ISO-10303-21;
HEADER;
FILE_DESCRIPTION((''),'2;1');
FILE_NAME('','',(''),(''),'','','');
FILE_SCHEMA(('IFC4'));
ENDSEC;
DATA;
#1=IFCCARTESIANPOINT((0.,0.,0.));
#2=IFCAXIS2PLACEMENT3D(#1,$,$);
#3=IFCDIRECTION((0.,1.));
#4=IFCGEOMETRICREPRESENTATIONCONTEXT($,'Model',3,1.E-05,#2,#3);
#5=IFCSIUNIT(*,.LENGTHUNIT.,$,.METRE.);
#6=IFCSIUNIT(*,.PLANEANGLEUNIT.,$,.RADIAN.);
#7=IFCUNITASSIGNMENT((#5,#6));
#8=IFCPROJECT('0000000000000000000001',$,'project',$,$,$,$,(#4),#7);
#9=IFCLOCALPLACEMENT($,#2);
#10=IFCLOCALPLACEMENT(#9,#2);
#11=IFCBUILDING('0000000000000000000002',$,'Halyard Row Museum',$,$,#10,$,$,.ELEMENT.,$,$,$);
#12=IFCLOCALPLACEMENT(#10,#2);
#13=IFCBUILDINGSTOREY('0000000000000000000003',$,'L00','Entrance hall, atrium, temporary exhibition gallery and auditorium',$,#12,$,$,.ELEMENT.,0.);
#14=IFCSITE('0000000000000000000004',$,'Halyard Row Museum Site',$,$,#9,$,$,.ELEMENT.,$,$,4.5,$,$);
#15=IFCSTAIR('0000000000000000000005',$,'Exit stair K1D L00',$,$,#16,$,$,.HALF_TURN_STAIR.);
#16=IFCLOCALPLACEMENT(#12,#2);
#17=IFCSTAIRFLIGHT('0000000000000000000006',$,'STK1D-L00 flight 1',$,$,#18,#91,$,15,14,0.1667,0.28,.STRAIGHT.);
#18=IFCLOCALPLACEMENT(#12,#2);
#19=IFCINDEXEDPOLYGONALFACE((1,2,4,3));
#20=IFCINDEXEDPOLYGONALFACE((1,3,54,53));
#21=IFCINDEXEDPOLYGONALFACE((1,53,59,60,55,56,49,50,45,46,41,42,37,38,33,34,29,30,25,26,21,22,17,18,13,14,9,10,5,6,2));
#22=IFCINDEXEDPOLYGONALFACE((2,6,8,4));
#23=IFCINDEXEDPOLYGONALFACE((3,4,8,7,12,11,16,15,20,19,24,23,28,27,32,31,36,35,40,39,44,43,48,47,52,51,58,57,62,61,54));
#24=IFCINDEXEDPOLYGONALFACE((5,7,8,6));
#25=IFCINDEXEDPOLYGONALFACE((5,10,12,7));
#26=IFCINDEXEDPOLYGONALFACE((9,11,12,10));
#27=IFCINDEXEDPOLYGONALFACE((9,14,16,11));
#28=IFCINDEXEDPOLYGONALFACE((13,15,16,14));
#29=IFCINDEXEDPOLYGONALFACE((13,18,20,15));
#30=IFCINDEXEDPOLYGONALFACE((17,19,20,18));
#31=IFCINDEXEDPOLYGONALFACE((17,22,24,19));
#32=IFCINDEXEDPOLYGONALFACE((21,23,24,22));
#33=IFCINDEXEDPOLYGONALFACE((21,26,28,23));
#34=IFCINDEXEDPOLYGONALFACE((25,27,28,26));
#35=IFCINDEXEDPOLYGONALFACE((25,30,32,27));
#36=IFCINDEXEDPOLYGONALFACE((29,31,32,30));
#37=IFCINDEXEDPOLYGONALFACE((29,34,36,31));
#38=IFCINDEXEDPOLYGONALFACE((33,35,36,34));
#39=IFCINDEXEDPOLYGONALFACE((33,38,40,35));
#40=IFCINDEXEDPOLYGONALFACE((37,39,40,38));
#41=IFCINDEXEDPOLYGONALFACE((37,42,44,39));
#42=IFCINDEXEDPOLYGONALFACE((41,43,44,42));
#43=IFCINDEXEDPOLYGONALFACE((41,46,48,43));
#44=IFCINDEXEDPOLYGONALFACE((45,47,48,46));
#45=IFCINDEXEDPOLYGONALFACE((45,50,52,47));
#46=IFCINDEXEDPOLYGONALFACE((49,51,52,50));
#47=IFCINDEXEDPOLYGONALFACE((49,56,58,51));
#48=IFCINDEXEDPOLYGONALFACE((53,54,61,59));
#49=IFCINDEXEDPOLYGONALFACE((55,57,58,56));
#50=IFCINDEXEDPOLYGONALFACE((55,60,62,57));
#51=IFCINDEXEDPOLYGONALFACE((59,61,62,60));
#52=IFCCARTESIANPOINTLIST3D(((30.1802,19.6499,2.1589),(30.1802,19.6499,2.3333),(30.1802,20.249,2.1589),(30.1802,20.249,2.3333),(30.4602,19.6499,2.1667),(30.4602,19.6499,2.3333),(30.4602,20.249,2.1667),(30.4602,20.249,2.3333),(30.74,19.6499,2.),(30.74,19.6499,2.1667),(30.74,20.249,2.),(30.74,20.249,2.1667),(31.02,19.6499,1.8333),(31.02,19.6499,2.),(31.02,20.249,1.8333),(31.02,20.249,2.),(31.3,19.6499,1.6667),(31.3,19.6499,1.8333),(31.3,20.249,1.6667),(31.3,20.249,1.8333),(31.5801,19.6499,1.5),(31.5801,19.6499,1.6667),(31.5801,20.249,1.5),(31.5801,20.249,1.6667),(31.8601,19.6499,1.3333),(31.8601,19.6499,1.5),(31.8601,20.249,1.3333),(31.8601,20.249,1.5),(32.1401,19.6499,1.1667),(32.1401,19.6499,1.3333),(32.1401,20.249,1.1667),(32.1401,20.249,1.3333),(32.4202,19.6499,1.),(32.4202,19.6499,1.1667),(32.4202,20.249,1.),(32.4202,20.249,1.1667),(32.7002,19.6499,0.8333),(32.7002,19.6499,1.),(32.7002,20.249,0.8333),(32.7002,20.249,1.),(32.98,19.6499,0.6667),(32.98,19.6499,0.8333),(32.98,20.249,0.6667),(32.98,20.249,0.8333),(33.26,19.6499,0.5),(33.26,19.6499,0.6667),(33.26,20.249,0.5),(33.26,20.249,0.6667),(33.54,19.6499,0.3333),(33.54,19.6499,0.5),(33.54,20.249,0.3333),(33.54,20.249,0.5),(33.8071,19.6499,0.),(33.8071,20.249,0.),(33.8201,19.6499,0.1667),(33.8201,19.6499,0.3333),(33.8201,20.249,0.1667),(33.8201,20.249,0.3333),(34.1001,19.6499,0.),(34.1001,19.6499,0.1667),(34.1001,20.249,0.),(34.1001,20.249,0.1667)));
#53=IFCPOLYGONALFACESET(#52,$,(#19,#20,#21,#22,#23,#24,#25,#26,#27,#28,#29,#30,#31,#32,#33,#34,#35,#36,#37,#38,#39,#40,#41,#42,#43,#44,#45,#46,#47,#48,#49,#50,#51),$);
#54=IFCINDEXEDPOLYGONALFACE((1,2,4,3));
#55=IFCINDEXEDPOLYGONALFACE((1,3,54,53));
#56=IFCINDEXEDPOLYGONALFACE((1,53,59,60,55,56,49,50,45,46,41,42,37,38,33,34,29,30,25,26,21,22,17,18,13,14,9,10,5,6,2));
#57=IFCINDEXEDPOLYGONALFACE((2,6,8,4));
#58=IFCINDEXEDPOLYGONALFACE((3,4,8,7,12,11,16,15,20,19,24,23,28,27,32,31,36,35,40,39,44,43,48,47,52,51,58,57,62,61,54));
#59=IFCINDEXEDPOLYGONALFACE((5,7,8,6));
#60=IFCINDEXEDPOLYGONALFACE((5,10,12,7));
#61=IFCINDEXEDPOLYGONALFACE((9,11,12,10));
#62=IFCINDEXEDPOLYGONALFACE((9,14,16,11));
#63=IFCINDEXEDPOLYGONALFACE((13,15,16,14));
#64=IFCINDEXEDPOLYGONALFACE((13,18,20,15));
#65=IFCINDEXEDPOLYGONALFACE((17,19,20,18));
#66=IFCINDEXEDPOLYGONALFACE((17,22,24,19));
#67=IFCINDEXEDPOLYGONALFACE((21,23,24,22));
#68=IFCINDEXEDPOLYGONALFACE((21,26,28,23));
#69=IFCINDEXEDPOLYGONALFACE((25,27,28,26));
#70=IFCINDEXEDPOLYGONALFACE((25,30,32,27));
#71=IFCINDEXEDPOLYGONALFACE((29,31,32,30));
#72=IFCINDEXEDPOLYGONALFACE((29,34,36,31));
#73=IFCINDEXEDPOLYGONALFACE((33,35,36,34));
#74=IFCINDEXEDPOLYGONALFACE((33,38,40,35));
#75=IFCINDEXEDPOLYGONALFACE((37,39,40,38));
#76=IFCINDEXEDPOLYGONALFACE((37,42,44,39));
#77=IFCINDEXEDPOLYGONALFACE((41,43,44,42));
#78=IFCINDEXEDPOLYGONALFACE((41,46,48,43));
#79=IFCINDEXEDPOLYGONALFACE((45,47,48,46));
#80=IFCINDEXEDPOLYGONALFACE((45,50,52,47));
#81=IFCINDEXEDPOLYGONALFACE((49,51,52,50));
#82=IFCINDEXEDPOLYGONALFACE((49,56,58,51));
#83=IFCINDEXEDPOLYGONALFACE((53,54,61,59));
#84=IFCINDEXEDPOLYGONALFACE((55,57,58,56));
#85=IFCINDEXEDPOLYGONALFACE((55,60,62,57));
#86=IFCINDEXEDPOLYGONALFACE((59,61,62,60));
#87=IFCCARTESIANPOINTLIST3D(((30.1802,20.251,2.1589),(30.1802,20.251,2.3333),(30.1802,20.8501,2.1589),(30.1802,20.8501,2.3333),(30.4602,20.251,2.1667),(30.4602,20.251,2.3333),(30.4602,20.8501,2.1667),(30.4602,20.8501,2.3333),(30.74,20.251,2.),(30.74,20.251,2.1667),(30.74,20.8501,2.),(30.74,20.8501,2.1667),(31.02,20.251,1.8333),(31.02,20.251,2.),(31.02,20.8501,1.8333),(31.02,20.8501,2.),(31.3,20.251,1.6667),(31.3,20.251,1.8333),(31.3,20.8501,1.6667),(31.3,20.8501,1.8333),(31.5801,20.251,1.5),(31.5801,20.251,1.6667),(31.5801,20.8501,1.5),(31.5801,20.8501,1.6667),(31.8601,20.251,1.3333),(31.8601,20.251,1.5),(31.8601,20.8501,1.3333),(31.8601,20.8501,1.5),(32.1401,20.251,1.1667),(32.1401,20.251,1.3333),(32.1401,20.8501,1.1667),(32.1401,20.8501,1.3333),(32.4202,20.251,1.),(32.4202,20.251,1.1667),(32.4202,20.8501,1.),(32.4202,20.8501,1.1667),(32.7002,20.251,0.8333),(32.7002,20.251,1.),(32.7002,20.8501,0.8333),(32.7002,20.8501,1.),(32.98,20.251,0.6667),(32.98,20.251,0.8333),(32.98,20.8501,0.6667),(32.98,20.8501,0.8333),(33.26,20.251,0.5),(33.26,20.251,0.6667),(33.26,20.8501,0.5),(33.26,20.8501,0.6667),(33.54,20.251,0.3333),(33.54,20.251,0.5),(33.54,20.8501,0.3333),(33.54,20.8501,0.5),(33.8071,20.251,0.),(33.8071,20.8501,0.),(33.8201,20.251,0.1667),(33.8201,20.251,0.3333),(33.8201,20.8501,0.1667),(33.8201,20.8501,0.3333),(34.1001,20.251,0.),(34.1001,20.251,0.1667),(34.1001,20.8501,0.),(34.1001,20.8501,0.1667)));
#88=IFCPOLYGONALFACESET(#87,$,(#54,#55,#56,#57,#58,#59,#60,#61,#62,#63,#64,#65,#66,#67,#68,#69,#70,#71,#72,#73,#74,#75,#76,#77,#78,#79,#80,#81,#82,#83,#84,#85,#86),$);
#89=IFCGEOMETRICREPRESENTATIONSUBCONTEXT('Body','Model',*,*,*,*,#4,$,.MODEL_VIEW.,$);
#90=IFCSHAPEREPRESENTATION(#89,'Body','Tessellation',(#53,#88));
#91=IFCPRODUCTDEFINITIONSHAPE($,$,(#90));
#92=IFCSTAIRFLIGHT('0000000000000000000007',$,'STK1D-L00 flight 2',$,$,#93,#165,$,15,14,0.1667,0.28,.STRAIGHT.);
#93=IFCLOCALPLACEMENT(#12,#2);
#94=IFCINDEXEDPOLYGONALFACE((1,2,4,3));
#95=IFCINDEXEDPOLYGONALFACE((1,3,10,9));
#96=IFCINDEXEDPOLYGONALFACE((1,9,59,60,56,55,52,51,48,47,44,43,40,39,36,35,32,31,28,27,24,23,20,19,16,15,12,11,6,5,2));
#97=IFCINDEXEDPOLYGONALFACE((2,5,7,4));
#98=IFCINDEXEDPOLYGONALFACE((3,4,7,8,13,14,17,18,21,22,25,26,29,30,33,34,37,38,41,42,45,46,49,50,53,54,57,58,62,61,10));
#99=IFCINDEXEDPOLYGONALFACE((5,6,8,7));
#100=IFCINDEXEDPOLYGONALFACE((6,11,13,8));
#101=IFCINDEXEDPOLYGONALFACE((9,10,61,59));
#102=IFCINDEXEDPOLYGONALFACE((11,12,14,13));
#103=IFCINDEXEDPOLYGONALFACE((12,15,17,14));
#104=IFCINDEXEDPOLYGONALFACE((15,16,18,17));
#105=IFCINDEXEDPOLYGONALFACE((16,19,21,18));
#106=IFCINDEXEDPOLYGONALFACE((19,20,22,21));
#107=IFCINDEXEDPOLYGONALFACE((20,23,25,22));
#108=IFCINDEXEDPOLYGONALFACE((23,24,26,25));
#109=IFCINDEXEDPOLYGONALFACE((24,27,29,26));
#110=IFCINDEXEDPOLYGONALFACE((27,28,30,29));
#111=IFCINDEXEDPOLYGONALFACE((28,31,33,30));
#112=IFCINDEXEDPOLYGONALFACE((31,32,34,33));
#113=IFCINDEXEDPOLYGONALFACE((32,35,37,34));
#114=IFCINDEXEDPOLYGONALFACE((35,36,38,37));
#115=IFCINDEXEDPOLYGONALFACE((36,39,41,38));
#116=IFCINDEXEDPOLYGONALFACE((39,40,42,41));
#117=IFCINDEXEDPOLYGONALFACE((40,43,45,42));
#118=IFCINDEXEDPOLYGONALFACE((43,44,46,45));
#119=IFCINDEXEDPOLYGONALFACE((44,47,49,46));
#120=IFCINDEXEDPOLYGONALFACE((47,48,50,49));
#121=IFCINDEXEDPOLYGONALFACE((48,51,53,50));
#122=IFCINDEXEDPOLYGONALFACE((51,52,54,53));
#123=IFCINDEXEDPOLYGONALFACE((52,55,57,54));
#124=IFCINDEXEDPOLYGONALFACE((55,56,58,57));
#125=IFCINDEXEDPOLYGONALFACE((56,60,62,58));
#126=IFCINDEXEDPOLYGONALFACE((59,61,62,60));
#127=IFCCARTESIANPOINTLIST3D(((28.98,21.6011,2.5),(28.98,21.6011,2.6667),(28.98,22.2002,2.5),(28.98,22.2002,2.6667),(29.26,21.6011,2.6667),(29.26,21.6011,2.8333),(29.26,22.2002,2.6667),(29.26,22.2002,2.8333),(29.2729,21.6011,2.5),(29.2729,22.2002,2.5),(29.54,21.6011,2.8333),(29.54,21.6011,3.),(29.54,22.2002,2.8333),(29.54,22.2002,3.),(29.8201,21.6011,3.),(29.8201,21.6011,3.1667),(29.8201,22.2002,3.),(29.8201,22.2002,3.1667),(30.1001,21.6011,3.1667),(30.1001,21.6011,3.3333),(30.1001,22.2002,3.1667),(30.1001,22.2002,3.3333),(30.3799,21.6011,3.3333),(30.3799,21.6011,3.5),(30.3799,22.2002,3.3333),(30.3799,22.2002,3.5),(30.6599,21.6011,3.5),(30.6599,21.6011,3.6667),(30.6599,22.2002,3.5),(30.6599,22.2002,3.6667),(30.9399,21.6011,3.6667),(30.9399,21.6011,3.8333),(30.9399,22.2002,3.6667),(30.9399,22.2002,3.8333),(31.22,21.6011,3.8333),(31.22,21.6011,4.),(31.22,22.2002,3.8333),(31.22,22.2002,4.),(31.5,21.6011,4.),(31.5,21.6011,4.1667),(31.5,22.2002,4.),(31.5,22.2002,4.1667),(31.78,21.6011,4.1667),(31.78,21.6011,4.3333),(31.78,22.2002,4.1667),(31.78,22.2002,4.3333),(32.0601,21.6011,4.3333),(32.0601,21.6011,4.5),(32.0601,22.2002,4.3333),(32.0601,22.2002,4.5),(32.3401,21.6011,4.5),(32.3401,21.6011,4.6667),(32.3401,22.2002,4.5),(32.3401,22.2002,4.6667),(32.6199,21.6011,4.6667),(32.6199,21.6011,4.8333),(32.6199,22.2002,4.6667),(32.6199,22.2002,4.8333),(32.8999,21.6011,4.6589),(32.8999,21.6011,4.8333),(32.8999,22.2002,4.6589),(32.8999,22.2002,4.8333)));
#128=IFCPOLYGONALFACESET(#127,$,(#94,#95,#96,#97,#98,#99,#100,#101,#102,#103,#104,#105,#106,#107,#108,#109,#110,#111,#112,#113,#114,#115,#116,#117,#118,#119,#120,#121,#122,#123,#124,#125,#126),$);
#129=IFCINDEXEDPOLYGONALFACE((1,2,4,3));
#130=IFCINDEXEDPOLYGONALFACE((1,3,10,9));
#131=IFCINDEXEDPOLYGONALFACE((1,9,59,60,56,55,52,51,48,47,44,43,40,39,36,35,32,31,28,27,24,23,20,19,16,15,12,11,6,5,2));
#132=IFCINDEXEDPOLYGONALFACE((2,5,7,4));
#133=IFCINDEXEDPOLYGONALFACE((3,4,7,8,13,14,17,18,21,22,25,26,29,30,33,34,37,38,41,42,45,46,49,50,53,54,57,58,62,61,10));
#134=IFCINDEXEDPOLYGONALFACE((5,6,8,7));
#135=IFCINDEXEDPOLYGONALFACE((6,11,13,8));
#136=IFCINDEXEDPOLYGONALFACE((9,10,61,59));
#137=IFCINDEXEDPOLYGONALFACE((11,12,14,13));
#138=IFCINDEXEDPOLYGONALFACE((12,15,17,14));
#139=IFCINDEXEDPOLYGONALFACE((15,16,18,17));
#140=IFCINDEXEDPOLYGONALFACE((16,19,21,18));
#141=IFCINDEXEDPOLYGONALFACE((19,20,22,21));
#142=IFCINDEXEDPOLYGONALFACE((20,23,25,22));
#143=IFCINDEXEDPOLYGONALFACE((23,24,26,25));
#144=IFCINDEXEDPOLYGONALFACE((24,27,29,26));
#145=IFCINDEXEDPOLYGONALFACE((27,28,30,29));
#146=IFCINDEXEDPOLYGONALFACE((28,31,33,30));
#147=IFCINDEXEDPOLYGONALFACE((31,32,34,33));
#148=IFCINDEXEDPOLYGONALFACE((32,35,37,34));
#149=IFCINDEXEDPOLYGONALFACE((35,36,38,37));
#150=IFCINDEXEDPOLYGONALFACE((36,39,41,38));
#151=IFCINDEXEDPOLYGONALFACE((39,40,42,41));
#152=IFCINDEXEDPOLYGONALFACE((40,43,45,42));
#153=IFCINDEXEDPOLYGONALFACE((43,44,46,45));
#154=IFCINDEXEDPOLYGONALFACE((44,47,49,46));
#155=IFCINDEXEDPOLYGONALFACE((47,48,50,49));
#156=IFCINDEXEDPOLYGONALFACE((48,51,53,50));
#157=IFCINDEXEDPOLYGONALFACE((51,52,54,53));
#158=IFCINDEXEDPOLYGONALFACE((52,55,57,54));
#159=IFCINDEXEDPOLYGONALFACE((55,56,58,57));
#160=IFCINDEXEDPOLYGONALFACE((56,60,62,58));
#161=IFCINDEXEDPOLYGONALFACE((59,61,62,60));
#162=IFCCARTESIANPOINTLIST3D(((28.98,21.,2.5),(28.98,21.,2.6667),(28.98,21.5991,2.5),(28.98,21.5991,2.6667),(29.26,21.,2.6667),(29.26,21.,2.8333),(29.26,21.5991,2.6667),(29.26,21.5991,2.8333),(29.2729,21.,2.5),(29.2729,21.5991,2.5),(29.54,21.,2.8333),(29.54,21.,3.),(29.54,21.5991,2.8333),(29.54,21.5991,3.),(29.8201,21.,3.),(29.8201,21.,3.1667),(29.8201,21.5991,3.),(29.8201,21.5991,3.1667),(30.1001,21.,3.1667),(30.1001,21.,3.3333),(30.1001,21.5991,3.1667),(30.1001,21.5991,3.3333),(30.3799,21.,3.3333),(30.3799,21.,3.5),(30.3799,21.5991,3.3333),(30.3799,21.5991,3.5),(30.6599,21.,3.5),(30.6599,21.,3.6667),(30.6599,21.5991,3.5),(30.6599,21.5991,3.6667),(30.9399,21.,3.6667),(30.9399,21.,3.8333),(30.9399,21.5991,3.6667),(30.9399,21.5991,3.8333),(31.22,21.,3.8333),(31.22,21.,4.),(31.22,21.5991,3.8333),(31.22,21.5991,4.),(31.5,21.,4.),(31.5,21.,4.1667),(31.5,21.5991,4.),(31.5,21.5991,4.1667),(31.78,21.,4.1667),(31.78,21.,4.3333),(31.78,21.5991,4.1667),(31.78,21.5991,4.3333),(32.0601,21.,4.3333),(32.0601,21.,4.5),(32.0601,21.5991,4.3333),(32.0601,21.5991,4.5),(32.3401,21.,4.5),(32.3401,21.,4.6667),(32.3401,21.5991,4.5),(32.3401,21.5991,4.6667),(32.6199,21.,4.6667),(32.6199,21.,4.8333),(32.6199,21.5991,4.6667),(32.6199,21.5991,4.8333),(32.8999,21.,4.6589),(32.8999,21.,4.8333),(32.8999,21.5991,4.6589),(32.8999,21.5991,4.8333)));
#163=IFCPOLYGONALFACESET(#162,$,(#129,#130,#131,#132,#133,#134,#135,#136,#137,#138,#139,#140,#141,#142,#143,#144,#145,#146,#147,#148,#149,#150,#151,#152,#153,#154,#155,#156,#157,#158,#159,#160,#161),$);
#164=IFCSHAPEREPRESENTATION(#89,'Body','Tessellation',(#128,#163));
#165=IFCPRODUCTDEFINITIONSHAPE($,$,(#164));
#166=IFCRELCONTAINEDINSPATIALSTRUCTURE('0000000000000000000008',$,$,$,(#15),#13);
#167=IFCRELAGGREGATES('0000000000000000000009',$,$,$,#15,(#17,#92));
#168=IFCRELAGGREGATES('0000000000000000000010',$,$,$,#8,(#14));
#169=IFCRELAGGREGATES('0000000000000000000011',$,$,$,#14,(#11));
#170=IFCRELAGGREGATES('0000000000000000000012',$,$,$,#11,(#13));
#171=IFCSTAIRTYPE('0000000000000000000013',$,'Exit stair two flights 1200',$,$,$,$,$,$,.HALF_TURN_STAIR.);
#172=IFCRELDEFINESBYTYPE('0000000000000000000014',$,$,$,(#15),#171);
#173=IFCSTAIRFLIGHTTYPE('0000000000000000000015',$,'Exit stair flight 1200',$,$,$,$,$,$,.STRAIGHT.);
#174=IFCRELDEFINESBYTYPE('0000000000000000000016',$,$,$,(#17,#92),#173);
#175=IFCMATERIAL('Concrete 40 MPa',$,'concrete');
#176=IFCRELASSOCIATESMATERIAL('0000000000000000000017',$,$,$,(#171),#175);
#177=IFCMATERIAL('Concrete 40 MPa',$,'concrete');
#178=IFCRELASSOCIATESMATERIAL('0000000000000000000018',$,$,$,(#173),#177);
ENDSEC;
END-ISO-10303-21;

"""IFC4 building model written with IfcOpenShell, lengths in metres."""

from ifc_helpers import new_model, si_unit, direction, frame, origin, place, context, subcontext, project, spatial, polyline, outline, extrude, material, type_object, element, aggregate, save


model = new_model("IFC4")

# Units and contexts
model_context = context("Model", 3, precision=1e-05, world=origin(), true_north=direction((0.0, 1.0)))
body_context = subcontext(model_context, "Body", "Model", "MODEL_VIEW")
ifc_project = project(units=[si_unit("LENGTHUNIT", "METRE"), si_unit("PLANEANGLEUNIT", "RADIAN")], contexts=[model_context])

# Site, building, storey
site_placement = place(None, origin())
site = spatial("IfcSite", under=ifc_project, at=site_placement, Name="Halyard Row Museum Site", CompositionType="ELEMENT", RefElevation=4.5)
building_placement = place(site_placement, origin())
building = spatial("IfcBuilding", under=site, at=building_placement, Name="Halyard Row Museum", CompositionType="ELEMENT")
storey_placement = place(building_placement, origin())
storey = spatial("IfcBuildingStorey", under=building, at=storey_placement, Name="L00", Description="Entrance hall, atrium, temporary exhibition gallery and auditorium", CompositionType="ELEMENT", Elevation=0.0)

# Stair, stair flights
ifc_material_1 = material(Name="Concrete 40 MPa", Category="concrete")
stair_type = type_object("IfcStairType", Name="Exit stair two flights 1200", PredefinedType="HALF_TURN_STAIR", material=ifc_material_1)
stair_placement = place(storey_placement, origin())
stair = element("IfcStair", 1, at=stair_placement, inside=storey, type_object=stair_type, Name="Exit stair K1D L00", PredefinedType="HALF_TURN_STAIR")
ifc_material_2 = material(Name="Concrete 40 MPa", Category="concrete")
stair_flight_type = type_object("IfcStairFlightType", Name="Exit stair flight 1200", PredefinedType="STRAIGHT", material=ifc_material_2)
stair_flight_1_placement = place(storey_placement, frame((34.1001, 20.25, 0.0), z_axis=(0.0, 0.0, 1.0), x_axis=(-1.0, 0.0, 0.0)))
stair_flight_1 = element("IfcStairFlight", 2, at=stair_flight_1_placement, type_object=stair_flight_type, Name="STK1D-L00 flight 1", NumberOfRisers=15, NumberOfTreads=14, PredefinedType="STRAIGHT", RiserHeight=0.1667, TreadLength=0.28, context=body_context, shape_type="SweptSolid", body=[
    extrude(outline(polyline([(0.0, 0.0), (0.0, 0.1667), (0.28, 0.1667), (0.28, 0.3333), (0.5601, 0.3333), (0.5601, 0.5), (0.8401, 0.5), (0.8401, 0.6667), (1.1201, 0.6667), (1.1201, 0.8333), (1.3999, 0.8333), (1.3999, 1.0), (1.6799, 1.0), (1.6799, 1.1667), (1.96, 1.1667), (1.96, 1.3333), (2.24, 1.3333), (2.24, 1.5), (2.52, 1.5), (2.52, 1.6667), (2.8, 1.6667), (2.8, 1.8333), (3.0801, 1.8333), (3.0801, 2.0), (3.3601, 2.0), (3.3601, 2.1667), (3.6399, 2.1667), (3.6399, 2.3333), (3.9199, 2.3333), (3.9199, 2.5), (3.9199, 2.1589), (0.293, 0.0), (0.0, 0.0)])), frame((0.0, 0.6001, 0.0), z_axis=(0.0, -1.0, 0.0), x_axis=(1.0, 0.0, 0.0)), (0.0, 0.0, 1.0), 0.5991),
    extrude(outline(polyline([(0.0, 0.0), (0.0, 0.1667), (0.28, 0.1667), (0.28, 0.3333), (0.5601, 0.3333), (0.5601, 0.5), (0.8401, 0.5), (0.8401, 0.6667), (1.1201, 0.6667), (1.1201, 0.8333), (1.3999, 0.8333), (1.3999, 1.0), (1.6799, 1.0), (1.6799, 1.1667), (1.96, 1.1667), (1.96, 1.3333), (2.24, 1.3333), (2.24, 1.5), (2.52, 1.5), (2.52, 1.6667), (2.8, 1.6667), (2.8, 1.8333), (3.0801, 1.8333), (3.0801, 2.0), (3.3601, 2.0), (3.3601, 2.1667), (3.6399, 2.1667), (3.6399, 2.3333), (3.9199, 2.3333), (3.9199, 2.5), (3.9199, 2.1589), (0.293, 0.0), (0.0, 0.0)])), frame((0.0, -0.001, 0.0), z_axis=(0.0, -1.0, 0.0), x_axis=(1.0, 0.0, 0.0)), (0.0, 0.0, 1.0), 0.5991),
])
stair_flight_2_placement = place(storey_placement, frame((28.98, 21.6001, 2.5), z_axis=(0.0, 0.0, 1.0), x_axis=(1.0, 0.0, 0.0)))
stair_flight_2 = element("IfcStairFlight", 3, at=stair_flight_2_placement, type_object=stair_flight_type, Name="STK1D-L00 flight 2", NumberOfRisers=15, NumberOfTreads=14, PredefinedType="STRAIGHT", RiserHeight=0.1667, TreadLength=0.28, context=body_context, shape_type="SweptSolid", body=[
    extrude(outline(polyline([(0.0, 0.0), (0.0, 0.1667), (0.28, 0.1667), (0.28, 0.3333), (0.5601, 0.3333), (0.5601, 0.5), (0.8401, 0.5), (0.8401, 0.6667), (1.1201, 0.6667), (1.1201, 0.8333), (1.3999, 0.8333), (1.3999, 1.0), (1.6799, 1.0), (1.6799, 1.1667), (1.96, 1.1667), (1.96, 1.3333), (2.24, 1.3333), (2.24, 1.5), (2.52, 1.5), (2.52, 1.6667), (2.8, 1.6667), (2.8, 1.8333), (3.0801, 1.8333), (3.0801, 2.0), (3.3601, 2.0), (3.3601, 2.1667), (3.6399, 2.1667), (3.6399, 2.3333), (3.9199, 2.3333), (3.9199, 2.5), (3.9199, 2.1589), (0.293, 0.0), (0.0, 0.0)])), frame((0.0, 0.6001, 0.0), z_axis=(0.0, -1.0, 0.0), x_axis=(1.0, 0.0, 0.0)), (0.0, 0.0, 1.0), 0.5991),
    extrude(outline(polyline([(0.0, 0.0), (0.0, 0.1667), (0.28, 0.1667), (0.28, 0.3333), (0.5601, 0.3333), (0.5601, 0.5), (0.8401, 0.5), (0.8401, 0.6667), (1.1201, 0.6667), (1.1201, 0.8333), (1.3999, 0.8333), (1.3999, 1.0), (1.6799, 1.0), (1.6799, 1.1667), (1.96, 1.1667), (1.96, 1.3333), (2.24, 1.3333), (2.24, 1.5), (2.52, 1.5), (2.52, 1.6667), (2.8, 1.6667), (2.8, 1.8333), (3.0801, 1.8333), (3.0801, 2.0), (3.3601, 2.0), (3.3601, 2.1667), (3.6399, 2.1667), (3.6399, 2.3333), (3.9199, 2.3333), (3.9199, 2.5), (3.9199, 2.1589), (0.293, 0.0), (0.0, 0.0)])), frame((0.0, -0.001, 0.0), z_axis=(0.0, -1.0, 0.0), x_axis=(1.0, 0.0, 0.0)), (0.0, 0.0, 1.0), 0.5991),
])
aggregate(stair, [stair_flight_1, stair_flight_2])

save(model, "model.ifc")
